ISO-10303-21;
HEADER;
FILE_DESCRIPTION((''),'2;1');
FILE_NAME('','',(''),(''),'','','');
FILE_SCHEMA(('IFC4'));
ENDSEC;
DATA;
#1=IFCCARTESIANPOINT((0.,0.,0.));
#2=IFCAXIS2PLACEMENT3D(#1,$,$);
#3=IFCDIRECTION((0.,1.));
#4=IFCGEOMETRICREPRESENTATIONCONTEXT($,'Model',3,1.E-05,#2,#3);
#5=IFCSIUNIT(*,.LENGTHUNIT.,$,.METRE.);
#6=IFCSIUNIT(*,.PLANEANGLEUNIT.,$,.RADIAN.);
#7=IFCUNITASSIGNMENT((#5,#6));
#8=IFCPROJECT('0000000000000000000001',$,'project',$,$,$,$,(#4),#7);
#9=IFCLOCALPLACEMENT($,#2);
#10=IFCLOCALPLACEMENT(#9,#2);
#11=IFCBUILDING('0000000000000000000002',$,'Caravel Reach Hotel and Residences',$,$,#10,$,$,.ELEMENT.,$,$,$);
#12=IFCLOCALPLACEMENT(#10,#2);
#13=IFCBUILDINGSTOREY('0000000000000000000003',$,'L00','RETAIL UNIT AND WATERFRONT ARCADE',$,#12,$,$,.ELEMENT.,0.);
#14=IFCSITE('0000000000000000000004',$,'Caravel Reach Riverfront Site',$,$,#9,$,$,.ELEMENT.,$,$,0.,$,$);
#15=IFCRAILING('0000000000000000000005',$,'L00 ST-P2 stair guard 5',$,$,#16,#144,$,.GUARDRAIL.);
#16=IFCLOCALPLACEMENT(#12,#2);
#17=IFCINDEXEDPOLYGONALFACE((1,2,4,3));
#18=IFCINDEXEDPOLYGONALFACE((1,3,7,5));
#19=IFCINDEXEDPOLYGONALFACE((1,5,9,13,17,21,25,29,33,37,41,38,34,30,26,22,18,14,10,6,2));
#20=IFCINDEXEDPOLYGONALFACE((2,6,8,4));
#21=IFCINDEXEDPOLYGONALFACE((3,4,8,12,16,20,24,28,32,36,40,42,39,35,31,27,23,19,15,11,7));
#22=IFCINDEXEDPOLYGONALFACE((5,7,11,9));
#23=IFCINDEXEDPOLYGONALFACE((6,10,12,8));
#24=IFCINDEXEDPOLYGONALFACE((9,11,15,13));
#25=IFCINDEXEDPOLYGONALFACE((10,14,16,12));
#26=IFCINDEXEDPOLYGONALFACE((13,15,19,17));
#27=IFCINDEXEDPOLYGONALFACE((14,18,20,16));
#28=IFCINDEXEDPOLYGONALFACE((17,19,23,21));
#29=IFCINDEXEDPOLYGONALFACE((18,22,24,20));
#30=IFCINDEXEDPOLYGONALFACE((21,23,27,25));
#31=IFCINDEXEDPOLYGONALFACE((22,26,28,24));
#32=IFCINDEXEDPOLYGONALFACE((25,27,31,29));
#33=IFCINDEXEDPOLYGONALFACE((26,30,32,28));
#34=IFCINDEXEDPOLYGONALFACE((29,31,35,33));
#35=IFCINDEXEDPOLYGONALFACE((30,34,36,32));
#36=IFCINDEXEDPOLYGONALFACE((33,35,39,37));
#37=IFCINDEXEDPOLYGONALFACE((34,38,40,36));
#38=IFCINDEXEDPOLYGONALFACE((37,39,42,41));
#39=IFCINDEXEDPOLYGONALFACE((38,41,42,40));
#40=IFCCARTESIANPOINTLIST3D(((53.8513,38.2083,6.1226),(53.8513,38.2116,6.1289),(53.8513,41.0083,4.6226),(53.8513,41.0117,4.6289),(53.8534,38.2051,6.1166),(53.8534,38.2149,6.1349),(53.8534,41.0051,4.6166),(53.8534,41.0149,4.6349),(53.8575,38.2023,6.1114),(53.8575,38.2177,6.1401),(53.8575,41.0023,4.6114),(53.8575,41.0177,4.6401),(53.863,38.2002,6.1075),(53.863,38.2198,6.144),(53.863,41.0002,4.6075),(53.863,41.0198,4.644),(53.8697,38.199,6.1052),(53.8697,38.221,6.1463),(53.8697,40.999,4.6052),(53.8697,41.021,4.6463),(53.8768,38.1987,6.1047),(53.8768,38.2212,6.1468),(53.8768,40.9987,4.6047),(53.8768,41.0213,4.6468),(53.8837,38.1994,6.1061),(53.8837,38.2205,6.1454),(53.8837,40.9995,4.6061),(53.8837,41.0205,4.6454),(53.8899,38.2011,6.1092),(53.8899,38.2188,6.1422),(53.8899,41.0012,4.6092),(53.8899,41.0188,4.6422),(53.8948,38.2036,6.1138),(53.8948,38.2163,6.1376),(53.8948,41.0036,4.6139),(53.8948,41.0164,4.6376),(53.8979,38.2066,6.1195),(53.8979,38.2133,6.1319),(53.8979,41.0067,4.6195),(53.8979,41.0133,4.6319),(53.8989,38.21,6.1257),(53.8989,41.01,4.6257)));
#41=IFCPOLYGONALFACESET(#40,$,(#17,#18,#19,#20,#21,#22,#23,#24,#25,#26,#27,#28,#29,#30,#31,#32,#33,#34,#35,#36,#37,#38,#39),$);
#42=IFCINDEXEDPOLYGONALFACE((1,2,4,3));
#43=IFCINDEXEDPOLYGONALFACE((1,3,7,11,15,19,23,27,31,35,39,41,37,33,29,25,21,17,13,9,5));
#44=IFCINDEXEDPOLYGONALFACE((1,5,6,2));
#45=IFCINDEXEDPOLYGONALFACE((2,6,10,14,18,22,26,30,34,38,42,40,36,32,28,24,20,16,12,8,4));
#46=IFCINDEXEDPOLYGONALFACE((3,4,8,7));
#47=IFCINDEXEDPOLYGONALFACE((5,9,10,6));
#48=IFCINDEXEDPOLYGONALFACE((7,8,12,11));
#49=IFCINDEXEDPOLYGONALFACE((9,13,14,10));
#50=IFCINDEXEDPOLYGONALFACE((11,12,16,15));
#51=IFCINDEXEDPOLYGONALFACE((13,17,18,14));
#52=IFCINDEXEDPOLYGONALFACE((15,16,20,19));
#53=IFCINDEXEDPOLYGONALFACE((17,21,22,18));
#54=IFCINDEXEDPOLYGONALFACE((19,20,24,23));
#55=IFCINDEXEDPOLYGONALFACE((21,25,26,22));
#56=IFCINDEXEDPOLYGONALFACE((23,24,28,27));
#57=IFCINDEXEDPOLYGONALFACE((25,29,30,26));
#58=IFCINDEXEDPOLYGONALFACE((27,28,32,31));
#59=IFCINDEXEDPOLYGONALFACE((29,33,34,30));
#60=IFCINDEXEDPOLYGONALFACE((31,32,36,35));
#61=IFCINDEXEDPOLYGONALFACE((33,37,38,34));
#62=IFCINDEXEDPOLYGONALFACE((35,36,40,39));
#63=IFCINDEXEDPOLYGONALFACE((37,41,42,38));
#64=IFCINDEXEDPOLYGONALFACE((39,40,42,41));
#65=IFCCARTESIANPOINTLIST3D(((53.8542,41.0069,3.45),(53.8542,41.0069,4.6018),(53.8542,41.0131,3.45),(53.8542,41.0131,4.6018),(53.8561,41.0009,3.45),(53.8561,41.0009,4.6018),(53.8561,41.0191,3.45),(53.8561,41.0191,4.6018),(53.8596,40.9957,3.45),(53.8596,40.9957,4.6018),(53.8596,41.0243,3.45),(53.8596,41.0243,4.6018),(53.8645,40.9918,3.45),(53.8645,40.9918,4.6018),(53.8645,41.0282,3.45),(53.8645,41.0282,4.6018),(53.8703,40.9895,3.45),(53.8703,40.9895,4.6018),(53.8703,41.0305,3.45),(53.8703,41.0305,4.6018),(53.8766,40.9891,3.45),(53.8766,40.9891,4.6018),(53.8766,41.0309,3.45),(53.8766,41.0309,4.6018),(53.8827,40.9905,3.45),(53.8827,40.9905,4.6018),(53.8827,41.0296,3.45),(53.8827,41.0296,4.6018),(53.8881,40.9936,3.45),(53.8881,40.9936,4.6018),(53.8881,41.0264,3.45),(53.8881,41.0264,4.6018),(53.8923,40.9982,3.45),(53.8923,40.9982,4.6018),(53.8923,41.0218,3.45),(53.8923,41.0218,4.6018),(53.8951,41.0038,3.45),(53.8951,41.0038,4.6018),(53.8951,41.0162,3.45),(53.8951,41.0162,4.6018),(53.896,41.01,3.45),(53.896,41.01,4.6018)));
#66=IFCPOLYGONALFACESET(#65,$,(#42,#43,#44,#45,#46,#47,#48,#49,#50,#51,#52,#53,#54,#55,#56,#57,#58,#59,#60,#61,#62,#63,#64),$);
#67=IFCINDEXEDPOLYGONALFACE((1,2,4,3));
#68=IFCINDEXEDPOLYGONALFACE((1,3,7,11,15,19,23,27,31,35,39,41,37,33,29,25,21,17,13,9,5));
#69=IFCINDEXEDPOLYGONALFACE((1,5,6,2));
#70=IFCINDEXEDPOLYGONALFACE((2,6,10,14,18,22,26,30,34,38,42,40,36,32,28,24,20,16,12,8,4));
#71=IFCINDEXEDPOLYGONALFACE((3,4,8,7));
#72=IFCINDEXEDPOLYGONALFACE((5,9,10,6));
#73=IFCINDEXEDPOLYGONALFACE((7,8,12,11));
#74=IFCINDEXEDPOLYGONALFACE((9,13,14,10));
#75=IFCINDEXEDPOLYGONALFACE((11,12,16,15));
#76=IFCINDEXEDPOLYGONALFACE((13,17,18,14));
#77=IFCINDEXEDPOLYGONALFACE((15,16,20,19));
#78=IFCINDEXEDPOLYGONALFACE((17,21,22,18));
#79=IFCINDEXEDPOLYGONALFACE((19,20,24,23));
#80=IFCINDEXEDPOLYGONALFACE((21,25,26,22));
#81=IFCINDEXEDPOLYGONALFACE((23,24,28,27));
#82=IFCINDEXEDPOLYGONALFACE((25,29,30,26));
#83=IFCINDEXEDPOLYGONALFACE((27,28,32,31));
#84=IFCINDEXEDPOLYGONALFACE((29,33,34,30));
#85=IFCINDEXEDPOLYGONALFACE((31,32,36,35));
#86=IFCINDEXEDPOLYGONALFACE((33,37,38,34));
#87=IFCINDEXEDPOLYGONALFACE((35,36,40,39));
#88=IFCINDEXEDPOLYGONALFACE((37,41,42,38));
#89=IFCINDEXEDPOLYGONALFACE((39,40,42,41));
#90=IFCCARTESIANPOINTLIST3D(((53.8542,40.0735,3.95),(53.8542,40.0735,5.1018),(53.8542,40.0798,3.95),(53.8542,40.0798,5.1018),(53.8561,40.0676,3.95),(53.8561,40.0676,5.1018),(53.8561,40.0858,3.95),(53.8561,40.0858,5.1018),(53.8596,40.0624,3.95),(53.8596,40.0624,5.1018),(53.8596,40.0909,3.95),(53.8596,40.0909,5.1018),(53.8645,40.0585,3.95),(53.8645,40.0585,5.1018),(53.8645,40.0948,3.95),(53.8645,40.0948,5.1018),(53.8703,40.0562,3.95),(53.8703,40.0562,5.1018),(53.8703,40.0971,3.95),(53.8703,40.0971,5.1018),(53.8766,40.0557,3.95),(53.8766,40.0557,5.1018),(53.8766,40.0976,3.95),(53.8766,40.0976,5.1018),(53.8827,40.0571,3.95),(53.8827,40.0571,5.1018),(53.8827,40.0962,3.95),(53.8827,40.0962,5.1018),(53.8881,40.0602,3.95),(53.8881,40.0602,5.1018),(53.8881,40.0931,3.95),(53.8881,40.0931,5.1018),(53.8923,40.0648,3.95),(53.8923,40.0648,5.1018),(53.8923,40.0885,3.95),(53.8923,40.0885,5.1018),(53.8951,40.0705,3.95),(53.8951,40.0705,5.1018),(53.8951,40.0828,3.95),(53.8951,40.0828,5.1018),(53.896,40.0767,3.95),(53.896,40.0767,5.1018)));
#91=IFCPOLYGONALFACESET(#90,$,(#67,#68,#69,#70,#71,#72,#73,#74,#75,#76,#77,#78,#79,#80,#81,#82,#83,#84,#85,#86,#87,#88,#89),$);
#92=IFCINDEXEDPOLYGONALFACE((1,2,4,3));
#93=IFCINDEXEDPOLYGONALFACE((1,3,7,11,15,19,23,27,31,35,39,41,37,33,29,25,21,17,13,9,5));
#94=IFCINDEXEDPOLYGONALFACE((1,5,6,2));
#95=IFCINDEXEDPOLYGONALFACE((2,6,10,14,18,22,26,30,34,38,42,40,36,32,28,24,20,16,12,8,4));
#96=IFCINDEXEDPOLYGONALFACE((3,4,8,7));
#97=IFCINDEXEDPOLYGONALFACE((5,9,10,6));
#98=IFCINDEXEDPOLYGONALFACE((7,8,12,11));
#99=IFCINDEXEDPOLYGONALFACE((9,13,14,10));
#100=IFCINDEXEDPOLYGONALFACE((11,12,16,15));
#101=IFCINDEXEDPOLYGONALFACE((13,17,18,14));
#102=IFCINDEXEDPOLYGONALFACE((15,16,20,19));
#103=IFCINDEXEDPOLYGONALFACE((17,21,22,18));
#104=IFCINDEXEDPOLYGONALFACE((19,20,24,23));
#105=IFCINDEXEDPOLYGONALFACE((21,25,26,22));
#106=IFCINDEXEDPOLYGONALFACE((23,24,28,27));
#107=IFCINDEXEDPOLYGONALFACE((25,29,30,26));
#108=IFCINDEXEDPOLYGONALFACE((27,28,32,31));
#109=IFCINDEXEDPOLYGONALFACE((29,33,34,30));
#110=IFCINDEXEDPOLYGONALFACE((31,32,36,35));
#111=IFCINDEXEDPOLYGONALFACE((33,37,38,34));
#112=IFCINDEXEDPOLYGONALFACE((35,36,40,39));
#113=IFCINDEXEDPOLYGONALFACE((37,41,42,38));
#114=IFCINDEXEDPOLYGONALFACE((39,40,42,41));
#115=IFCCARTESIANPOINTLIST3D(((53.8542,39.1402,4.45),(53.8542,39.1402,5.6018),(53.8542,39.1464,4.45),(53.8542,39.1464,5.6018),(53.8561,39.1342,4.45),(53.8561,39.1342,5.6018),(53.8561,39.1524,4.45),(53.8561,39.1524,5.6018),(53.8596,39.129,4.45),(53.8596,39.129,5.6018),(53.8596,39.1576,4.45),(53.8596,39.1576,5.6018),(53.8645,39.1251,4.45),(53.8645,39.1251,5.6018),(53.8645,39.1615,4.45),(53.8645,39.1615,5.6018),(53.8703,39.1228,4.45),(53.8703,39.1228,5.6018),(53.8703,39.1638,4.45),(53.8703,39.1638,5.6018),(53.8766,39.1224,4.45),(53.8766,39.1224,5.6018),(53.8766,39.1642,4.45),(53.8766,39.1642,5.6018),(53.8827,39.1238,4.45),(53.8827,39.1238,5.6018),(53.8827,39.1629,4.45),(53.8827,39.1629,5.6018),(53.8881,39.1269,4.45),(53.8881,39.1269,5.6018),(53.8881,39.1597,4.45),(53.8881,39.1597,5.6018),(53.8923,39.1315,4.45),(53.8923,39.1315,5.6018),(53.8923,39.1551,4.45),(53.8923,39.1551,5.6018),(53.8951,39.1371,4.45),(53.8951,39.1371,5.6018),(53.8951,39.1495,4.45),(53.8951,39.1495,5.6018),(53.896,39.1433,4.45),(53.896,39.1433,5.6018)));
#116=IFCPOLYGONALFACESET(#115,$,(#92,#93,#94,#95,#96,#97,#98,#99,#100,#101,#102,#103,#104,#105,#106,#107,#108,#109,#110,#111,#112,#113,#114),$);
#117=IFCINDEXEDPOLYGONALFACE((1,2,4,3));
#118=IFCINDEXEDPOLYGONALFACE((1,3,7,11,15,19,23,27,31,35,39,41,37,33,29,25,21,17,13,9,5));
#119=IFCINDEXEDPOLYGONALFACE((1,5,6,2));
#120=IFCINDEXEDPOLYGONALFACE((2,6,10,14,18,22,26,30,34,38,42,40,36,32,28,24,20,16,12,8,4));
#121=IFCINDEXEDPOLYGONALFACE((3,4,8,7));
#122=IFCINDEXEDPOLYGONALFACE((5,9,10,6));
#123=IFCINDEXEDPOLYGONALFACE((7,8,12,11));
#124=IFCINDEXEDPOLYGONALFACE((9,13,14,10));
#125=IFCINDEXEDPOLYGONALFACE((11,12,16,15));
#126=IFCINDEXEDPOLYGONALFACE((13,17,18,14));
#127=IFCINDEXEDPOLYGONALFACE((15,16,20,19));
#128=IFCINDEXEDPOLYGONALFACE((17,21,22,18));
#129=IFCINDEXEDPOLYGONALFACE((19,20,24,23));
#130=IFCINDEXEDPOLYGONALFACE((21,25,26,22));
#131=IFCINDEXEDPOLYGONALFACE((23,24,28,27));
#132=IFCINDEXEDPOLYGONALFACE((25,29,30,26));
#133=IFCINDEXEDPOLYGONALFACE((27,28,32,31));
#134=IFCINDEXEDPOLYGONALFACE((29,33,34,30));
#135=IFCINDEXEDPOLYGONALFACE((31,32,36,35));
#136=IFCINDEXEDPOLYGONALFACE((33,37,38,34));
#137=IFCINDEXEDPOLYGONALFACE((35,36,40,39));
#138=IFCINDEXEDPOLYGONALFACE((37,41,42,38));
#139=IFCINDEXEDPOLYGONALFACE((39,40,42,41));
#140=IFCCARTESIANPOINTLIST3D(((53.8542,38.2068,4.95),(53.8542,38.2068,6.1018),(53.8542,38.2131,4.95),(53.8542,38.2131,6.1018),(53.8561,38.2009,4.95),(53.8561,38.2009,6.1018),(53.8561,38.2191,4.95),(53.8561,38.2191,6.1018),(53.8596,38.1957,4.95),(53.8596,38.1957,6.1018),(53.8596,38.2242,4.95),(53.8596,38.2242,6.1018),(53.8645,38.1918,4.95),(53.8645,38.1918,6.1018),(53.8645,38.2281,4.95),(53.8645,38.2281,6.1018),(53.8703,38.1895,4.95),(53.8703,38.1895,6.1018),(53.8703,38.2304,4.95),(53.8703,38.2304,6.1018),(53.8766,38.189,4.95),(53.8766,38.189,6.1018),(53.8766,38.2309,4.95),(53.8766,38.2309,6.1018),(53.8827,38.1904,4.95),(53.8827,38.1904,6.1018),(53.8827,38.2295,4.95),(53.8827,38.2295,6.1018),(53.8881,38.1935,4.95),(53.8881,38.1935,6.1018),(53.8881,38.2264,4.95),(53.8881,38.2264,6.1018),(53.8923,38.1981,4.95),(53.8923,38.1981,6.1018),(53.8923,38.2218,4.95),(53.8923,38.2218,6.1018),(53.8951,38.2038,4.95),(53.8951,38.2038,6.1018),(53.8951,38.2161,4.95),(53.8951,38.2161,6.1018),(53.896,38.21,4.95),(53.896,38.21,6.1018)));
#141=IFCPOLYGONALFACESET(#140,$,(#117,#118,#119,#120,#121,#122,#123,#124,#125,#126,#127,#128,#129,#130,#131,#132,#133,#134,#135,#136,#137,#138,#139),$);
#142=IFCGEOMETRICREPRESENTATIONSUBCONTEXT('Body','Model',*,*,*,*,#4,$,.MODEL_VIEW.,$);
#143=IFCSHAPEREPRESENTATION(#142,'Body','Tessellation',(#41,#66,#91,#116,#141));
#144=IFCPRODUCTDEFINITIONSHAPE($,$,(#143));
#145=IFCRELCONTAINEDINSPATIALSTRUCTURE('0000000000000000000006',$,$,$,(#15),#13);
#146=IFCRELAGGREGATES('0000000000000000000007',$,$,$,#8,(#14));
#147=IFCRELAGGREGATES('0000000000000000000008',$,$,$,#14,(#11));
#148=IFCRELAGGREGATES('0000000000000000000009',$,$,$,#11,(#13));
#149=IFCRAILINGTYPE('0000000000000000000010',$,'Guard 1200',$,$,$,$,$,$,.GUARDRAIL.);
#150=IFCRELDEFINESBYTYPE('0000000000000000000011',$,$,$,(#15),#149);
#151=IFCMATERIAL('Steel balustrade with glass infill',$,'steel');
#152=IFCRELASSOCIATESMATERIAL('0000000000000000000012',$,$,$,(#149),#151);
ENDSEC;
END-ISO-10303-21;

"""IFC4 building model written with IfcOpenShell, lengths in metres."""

from ifc_helpers import new_model, si_unit, direction, frame, origin, origin_2d, place, context, subcontext, project, spatial, circle, extrude, material, type_object, element, save


model = new_model("IFC4")

# Units and contexts
model_context = context("Model", 3, precision=1e-05, world=origin(), true_north=direction((0.0, 1.0)))
body_context = subcontext(model_context, "Body", "Model", "MODEL_VIEW")
ifc_project = project(units=[si_unit("LENGTHUNIT", "METRE"), si_unit("PLANEANGLEUNIT", "RADIAN")], contexts=[model_context])

# Site, building, storey
site_placement = place(None, origin())
site = spatial("IfcSite", under=ifc_project, at=site_placement, Name="Caravel Reach Riverfront Site", CompositionType="ELEMENT", RefElevation=0.0)
building_placement = place(site_placement, origin())
building = spatial("IfcBuilding", under=site, at=building_placement, Name="Caravel Reach Hotel and Residences", CompositionType="ELEMENT")
storey_placement = place(building_placement, origin())
storey = spatial("IfcBuildingStorey", under=building, at=storey_placement, Name="L00", Description="RETAIL UNIT AND WATERFRONT ARCADE", CompositionType="ELEMENT", Elevation=0.0)

# Railing
ifc_material_1 = material(Name="Steel balustrade with glass infill", Category="steel")
railing_type_1 = type_object("IfcRailingType", Name="Guard 1200", PredefinedType="GUARDRAIL", material=ifc_material_1)
railing_1_placement = place(storey_placement, frame((53.875, 41.01, 3.45)))
element("IfcRailing", 1, at=railing_1_placement, inside=storey, type_object=railing_type_1, Name="L00 ST-P2 stair guard 5", PredefinedType="GUARDRAIL", context=body_context, shape_type="SweptSolid", body=[
    extrude(circle(Radius=0.0239, at=origin_2d()), frame((0.0, 0.0, 1.1758), z_axis=(0.0, -0.881483, 0.472215), x_axis=(1.0, 0.0, 0.0)), (0.0, 0.0, 1.0), 3.1765),
    extrude(circle(Radius=0.021, at=origin_2d()), origin(), (0.0, 0.0, 1.0), 1.1519),
    extrude(circle(Radius=0.021, at=origin_2d()), frame((0.0, -0.9333, 0.5)), (0.0, 0.0, 1.0), 1.1519),
    extrude(circle(Radius=0.021, at=origin_2d()), frame((0.0, -1.8667, 1.0)), (0.0, 0.0, 1.0), 1.1519),
    extrude(circle(Radius=0.021, at=origin_2d()), frame((0.0, -2.8, 1.5)), (0.0, 0.0, 1.0), 1.1519),
])

save(model, "model.ifc")
